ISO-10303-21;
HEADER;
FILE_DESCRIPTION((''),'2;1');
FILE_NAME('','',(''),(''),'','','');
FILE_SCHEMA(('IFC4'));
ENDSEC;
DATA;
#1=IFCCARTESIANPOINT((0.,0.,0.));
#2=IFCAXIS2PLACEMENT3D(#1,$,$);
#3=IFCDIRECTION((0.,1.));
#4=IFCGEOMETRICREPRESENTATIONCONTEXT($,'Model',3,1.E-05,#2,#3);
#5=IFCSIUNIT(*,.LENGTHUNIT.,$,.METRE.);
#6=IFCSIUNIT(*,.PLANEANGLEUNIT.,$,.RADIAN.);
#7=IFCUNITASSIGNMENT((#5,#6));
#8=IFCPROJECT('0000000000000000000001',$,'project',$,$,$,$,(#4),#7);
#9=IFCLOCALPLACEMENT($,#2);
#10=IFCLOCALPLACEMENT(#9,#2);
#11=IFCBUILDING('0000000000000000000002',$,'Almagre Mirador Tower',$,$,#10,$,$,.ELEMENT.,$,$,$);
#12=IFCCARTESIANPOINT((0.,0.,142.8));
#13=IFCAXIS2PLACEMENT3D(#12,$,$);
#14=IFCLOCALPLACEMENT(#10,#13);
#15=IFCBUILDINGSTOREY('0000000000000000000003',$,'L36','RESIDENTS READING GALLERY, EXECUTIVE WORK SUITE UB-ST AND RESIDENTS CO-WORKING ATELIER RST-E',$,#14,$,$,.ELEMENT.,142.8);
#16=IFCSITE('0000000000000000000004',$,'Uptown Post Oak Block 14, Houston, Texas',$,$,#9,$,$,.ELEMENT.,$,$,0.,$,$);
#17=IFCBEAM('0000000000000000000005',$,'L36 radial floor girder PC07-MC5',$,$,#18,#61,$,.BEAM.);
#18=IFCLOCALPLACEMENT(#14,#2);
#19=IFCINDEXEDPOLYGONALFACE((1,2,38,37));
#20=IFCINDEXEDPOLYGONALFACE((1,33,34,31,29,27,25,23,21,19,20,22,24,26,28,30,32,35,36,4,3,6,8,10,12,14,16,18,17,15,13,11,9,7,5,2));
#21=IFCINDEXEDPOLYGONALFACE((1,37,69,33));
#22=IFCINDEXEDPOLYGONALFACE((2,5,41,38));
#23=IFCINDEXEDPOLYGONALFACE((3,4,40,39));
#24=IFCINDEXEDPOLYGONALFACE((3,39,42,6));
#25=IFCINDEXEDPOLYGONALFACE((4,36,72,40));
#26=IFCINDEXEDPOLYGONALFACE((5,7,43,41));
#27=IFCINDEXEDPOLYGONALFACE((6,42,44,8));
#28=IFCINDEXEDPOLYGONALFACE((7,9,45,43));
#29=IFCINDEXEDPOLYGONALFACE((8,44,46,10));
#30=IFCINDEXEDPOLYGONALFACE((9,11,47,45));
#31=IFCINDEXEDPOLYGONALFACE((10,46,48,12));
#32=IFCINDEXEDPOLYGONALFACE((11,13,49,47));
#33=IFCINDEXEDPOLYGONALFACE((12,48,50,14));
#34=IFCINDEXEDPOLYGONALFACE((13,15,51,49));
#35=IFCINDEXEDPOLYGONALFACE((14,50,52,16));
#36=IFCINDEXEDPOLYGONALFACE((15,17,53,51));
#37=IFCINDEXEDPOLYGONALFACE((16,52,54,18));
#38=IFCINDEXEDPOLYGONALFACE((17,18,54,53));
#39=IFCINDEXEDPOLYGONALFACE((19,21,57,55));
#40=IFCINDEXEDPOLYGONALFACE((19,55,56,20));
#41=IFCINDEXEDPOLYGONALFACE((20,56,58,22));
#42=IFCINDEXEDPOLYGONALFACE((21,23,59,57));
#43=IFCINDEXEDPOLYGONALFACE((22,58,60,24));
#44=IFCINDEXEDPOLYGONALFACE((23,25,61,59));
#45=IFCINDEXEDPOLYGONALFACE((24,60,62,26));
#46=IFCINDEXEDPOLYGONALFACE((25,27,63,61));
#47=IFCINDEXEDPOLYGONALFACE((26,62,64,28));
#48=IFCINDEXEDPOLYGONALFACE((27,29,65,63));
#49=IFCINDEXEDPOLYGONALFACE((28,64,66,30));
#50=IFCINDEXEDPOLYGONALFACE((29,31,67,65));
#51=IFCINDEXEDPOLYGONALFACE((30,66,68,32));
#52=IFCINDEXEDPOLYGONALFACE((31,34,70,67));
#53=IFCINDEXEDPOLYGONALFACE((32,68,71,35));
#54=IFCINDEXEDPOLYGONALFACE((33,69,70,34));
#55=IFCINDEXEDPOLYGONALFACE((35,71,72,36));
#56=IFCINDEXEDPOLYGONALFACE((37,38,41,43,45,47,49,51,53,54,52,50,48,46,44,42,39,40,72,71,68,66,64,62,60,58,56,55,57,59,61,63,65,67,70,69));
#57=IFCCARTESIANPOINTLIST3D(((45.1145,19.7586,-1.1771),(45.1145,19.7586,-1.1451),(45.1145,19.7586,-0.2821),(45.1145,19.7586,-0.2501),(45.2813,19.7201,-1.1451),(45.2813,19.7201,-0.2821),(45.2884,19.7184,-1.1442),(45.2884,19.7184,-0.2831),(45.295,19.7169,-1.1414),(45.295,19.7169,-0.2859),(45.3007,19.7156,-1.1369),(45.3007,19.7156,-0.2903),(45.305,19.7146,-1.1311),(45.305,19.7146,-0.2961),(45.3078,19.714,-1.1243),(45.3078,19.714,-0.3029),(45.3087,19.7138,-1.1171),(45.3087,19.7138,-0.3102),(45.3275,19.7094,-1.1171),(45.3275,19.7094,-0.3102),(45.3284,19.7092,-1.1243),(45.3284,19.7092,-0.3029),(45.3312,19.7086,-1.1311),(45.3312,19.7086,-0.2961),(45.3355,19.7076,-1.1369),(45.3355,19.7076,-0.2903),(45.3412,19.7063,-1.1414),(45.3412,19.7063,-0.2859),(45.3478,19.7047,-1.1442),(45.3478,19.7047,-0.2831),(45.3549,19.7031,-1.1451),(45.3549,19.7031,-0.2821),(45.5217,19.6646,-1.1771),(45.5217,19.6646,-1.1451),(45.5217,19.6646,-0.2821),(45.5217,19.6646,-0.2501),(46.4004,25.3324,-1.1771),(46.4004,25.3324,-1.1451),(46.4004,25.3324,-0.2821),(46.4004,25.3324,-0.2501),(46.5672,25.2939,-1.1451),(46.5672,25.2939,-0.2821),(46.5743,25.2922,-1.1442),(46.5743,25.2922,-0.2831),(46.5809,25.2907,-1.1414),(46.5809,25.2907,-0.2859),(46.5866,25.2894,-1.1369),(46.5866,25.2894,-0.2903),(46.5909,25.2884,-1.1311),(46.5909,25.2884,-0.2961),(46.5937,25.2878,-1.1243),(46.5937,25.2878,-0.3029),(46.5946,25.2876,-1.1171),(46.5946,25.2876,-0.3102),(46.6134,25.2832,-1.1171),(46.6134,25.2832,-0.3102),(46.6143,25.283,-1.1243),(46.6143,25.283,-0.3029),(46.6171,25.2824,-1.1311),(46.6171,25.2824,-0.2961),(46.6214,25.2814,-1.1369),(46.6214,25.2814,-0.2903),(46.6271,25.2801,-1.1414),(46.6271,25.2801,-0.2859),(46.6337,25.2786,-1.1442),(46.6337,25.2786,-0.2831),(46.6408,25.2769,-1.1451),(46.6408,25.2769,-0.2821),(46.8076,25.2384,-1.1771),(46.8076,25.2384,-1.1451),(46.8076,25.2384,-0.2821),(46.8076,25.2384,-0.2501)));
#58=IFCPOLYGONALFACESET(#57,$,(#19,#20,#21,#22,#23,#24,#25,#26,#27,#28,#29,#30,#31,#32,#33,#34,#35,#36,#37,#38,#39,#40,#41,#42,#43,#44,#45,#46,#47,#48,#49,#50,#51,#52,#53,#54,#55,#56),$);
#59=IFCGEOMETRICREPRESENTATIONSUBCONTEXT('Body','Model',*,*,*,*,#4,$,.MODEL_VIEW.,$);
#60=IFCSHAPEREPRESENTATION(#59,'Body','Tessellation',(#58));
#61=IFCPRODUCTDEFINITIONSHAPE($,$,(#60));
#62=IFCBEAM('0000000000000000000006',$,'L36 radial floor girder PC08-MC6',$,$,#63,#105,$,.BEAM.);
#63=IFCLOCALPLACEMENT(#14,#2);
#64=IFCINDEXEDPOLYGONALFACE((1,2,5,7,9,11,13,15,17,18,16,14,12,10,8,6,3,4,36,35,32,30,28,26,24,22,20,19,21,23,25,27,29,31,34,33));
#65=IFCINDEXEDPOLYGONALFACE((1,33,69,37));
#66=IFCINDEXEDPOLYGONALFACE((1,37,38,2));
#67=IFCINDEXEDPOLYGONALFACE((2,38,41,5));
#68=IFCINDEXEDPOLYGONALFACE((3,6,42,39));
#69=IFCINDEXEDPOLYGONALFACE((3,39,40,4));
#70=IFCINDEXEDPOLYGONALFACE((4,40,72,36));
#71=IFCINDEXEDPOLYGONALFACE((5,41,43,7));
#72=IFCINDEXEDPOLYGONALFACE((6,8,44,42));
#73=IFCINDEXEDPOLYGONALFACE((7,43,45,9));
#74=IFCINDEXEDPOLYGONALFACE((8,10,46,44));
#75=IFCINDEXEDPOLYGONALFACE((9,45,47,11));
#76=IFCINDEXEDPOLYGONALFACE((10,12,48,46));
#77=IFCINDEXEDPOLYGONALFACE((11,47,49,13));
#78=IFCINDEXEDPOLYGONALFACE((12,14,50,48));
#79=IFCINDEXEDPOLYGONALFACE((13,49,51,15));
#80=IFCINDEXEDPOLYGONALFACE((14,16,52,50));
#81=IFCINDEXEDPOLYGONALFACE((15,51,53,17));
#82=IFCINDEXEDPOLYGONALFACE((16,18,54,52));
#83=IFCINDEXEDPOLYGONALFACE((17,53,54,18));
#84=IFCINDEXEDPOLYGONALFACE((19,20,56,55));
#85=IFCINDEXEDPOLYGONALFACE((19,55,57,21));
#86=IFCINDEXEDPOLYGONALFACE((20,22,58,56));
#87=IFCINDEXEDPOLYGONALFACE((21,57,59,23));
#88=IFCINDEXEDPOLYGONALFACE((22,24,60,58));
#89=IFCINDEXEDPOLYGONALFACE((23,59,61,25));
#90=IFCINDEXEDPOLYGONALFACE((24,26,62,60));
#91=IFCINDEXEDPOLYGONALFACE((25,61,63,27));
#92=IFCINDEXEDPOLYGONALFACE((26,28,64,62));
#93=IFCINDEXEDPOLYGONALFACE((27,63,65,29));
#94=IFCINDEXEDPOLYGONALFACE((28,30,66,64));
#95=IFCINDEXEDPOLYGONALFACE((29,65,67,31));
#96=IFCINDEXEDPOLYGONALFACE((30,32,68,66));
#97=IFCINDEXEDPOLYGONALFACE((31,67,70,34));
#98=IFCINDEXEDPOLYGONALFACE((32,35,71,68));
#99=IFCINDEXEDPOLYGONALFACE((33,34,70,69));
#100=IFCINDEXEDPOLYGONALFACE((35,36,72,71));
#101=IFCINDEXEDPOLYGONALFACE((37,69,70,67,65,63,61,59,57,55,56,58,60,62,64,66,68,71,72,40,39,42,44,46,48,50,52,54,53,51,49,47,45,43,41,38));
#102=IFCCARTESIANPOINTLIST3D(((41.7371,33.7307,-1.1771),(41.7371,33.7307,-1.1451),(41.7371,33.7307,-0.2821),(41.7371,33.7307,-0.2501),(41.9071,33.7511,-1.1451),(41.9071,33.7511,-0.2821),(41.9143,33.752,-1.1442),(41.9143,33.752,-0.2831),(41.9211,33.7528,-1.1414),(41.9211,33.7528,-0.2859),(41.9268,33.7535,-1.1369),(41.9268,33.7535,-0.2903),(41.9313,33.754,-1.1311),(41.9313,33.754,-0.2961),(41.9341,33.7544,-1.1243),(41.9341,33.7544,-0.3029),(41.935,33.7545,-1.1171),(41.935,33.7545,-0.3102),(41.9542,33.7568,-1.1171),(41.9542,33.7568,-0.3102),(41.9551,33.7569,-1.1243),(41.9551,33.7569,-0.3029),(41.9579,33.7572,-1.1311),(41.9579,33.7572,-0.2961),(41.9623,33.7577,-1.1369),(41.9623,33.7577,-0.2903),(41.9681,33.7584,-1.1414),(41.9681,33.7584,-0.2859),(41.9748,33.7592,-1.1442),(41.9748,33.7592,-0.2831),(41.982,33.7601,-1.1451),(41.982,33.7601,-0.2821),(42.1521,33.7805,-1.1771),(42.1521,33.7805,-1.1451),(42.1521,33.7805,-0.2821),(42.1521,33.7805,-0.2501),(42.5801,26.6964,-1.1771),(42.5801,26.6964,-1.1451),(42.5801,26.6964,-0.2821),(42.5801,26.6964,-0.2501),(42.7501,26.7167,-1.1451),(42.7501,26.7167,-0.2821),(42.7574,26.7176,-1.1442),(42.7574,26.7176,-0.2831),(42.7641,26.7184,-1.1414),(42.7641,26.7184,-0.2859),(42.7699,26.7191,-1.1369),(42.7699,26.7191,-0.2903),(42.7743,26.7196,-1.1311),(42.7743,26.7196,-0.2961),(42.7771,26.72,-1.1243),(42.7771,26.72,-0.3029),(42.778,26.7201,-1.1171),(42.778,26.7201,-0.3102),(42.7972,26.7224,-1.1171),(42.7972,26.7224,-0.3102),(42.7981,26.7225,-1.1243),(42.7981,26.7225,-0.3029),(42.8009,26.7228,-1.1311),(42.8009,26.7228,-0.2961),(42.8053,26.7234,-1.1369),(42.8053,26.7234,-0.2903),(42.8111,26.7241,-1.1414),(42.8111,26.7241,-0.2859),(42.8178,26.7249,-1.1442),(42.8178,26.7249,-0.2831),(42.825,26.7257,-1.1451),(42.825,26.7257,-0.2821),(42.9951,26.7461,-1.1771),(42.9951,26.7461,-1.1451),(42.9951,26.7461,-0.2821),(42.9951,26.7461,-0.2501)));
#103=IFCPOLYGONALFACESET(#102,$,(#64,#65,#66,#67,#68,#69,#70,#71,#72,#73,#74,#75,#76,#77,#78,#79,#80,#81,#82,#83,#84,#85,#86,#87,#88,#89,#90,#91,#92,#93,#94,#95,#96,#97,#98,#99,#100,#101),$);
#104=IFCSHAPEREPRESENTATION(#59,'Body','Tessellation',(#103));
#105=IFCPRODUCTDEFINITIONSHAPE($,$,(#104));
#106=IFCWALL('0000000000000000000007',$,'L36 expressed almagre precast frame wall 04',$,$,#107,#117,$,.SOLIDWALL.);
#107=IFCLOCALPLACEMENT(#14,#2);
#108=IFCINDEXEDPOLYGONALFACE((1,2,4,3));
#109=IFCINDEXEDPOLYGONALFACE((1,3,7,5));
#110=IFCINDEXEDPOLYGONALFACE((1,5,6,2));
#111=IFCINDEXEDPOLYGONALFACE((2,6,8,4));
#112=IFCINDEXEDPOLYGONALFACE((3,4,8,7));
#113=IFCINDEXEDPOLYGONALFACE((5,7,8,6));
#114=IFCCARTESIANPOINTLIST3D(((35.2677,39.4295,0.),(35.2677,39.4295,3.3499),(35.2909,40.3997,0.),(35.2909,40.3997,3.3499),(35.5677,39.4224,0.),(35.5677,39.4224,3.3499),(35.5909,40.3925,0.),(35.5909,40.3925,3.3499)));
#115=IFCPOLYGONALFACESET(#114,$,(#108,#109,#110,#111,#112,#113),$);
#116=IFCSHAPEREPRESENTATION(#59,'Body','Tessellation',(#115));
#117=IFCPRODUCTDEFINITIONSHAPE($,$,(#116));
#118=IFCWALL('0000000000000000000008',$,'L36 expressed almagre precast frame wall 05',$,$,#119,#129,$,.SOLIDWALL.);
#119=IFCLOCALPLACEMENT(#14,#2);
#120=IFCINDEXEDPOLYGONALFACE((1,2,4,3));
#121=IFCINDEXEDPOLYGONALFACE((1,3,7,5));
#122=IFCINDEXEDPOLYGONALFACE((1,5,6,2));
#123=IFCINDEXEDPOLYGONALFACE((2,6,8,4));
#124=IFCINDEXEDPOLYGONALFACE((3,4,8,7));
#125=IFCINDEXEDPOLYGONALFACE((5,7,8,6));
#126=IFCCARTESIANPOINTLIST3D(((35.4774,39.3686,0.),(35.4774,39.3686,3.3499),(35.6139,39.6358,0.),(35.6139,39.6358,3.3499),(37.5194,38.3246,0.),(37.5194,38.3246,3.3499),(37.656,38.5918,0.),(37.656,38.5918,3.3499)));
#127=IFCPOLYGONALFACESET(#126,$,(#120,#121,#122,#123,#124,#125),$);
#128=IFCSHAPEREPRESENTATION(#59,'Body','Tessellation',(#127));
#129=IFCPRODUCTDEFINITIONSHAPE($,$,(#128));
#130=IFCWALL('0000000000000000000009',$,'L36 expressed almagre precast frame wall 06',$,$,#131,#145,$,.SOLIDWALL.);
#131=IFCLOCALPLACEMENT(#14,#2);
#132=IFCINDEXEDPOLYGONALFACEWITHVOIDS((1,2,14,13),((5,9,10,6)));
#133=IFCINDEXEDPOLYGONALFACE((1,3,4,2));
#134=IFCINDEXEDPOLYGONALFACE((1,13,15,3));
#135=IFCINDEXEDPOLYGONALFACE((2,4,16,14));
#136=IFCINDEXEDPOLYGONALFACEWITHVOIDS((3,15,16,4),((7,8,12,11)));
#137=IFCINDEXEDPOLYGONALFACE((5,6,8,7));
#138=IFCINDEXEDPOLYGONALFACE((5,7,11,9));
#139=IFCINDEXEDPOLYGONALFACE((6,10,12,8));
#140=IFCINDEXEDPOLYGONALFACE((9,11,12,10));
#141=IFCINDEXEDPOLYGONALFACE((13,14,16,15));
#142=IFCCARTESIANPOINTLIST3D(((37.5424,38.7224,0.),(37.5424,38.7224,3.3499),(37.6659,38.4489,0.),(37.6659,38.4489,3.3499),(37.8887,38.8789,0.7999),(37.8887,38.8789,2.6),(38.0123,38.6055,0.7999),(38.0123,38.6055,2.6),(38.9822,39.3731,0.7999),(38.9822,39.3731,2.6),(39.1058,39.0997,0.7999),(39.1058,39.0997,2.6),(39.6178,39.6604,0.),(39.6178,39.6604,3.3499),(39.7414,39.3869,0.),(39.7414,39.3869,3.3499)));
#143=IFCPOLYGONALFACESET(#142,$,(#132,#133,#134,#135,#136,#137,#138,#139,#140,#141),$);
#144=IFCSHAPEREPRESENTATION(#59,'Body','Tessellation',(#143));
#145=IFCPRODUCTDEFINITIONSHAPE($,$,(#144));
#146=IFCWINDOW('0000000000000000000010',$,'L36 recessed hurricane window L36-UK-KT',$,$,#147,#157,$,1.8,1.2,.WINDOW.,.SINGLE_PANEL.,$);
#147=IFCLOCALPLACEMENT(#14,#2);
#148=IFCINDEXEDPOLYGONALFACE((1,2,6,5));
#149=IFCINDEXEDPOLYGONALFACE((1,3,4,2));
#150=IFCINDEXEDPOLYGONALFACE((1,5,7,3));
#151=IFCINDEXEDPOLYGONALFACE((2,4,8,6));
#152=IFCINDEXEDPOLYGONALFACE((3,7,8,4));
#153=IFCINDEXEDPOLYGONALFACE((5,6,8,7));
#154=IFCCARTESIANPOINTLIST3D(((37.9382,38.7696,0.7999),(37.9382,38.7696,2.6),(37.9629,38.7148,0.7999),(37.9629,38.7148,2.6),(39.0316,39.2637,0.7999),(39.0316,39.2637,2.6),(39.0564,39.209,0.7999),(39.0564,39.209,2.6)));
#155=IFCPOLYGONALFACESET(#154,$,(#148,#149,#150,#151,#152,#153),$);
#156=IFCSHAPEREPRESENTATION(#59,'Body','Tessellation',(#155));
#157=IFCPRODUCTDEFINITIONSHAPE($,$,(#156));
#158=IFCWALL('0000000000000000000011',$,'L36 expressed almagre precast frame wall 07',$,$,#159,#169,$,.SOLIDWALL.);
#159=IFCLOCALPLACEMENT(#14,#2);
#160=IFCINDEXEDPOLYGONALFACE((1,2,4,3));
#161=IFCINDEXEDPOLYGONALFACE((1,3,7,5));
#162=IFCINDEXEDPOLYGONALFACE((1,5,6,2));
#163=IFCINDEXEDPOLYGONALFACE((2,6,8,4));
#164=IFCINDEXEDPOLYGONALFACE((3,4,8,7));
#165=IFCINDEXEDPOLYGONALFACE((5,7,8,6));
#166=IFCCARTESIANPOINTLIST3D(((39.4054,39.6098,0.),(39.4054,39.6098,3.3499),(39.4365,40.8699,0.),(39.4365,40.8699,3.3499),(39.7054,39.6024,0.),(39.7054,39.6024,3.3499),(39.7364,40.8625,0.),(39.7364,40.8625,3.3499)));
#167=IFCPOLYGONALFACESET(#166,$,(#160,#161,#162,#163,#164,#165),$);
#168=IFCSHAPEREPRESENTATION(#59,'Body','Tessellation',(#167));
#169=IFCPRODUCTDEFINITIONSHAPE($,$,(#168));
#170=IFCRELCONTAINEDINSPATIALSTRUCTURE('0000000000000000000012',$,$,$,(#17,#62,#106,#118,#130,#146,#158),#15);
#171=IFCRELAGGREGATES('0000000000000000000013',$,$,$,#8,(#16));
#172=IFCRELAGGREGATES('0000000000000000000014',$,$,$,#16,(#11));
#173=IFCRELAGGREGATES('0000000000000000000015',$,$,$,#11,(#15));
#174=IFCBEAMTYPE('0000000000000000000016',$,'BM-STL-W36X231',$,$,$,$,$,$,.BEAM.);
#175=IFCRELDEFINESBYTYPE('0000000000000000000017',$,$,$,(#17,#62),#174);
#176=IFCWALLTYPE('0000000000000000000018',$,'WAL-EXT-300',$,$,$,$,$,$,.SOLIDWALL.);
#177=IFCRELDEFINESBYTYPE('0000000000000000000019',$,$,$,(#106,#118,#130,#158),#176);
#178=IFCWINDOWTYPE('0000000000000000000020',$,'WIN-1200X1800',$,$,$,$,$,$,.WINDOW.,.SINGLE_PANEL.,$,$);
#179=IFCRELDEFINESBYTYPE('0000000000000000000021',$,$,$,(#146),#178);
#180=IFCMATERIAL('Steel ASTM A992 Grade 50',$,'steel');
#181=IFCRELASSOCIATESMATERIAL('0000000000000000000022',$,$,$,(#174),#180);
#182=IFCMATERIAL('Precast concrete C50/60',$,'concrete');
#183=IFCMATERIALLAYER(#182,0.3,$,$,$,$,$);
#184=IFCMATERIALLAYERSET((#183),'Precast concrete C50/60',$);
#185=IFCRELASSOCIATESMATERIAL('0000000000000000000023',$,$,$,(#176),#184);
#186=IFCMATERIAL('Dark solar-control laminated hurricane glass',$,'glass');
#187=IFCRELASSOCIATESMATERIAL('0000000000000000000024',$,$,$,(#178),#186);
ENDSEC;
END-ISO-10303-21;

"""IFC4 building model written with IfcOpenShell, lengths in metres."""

from ifc_helpers import new_model, si_unit, direction, frame, frame_2d, origin, origin_2d, place, context, subcontext, project, spatial, rectangle, i_section, extrude, material, layer, layer_set, material_profile, profile_set, type_object, element, fill, save


model = new_model("IFC4")

# Units and contexts
model_context = context("Model", 3, precision=1e-05, world=origin(), true_north=direction((0.0, 1.0)))
body_context = subcontext(model_context, "Body", "Model", "MODEL_VIEW")
ifc_project = project(units=[si_unit("LENGTHUNIT", "METRE"), si_unit("PLANEANGLEUNIT", "RADIAN")], contexts=[model_context])

# Site, building, storey
site_placement = place(None, origin())
site = spatial("IfcSite", under=ifc_project, at=site_placement, Name="Uptown Post Oak Block 14, Houston, Texas", CompositionType="ELEMENT", RefElevation=0.0)
building_placement = place(site_placement, origin())
building = spatial("IfcBuilding", under=site, at=building_placement, Name="Almagre Mirador Tower", CompositionType="ELEMENT")
storey_placement = place(building_placement, frame((0.0, 0.0, 142.8)))
storey = spatial("IfcBuildingStorey", under=building, at=storey_placement, Name="L36", Description="RESIDENTS READING GALLERY, EXECUTIVE WORK SUITE UB-ST AND RESIDENTS CO-WORKING ATELIER RST-E", CompositionType="ELEMENT", Elevation=142.8)

# Beams
ifc_material_1 = material(Name="Steel ASTM A992 Grade 50", Category="steel")
ifc_material_profile_1 = material_profile(ifc_material_1, i_section(OverallWidth=0.418, OverallDepth=0.927, WebThickness=0.0193, FlangeThickness=0.032, FilletRadius=0.0281, at=origin_2d()), Name="W36X231")
ifc_profile_set_1 = profile_set([ifc_material_profile_1], Name="Steel ASTM A992 Grade 50")
beam_type_1 = type_object("IfcBeamType", Name="BM-STL-W36X231", PredefinedType="BEAM", material=ifc_profile_set_1)
beam_1_placement = place(storey_placement, frame((46.604, 25.2854, -0.7136), z_axis=(-0.2248, -0.974405, 0.0), x_axis=(0.974405, -0.2248, 0.0)))
element("IfcBeam", 1, at=beam_1_placement, inside=storey, type_object=beam_type_1, Name="L36 radial floor girder PC07-MC5", PredefinedType="BEAM", context=body_context, shape_type="SweptSolid", body=[
    extrude(i_section(OverallWidth=0.418, OverallDepth=0.927, WebThickness=0.0193, FlangeThickness=0.032, FilletRadius=0.0281, at=origin_2d()), origin(), (0.0, 0.0, 1.0), 5.7202),
])
beam_2_placement = place(storey_placement, frame((41.9446, 33.7556, -0.7136), z_axis=(0.11899, -0.992895, 0.0), x_axis=(0.992895, 0.11899, 0.0)))
element("IfcBeam", 2, at=beam_2_placement, inside=storey, type_object=beam_type_1, Name="L36 radial floor girder PC08-MC6", PredefinedType="BEAM", context=body_context, shape_type="SweptSolid", body=[
    extrude(i_section(OverallWidth=0.418, OverallDepth=0.927, WebThickness=0.0193, FlangeThickness=0.032, FilletRadius=0.0281, at=origin_2d()), origin(), (0.0, 0.0, 1.0), 7.0847),
])

# Walls
ifc_material_2 = material(Name="Precast concrete C50/60", Category="concrete")
ifc_layer_1 = layer(ifc_material_2, 0.3)
ifc_layer_set_1 = layer_set([ifc_layer_1], Name="Precast concrete C50/60")
wall_type_1 = type_object("IfcWallType", Name="WAL-EXT-300", PredefinedType="SOLIDWALL", material=ifc_layer_set_1)
wall_1_placement = place(storey_placement, frame((35.4409, 40.3962, 0.0), z_axis=(0.0, 0.0, 1.0), x_axis=(-0.023899, -0.999714, 0.0)))
element("IfcWall", 3, at=wall_1_placement, inside=storey, type_object=wall_type_1, Name="L36 expressed almagre precast frame wall 04", PredefinedType="SOLIDWALL", context=body_context, shape_type="SweptSolid", body=[
    extrude(rectangle(XDim=0.9705, YDim=0.3, at=frame_2d((0.4854, 0.0))), origin(), (0.0, 0.0, 1.0), 3.3499),
])
wall_2_placement = place(storey_placement, frame((35.5457, 39.5022, 0.0), z_axis=(0.0, 0.0, 1.0), x_axis=(0.890389, -0.455201, 0.0)))
element("IfcWall", 4, at=wall_2_placement, inside=storey, type_object=wall_type_1, Name="L36 expressed almagre precast frame wall 05", PredefinedType="SOLIDWALL", context=body_context, shape_type="SweptSolid", body=[
    extrude(rectangle(XDim=2.2935, YDim=0.3, at=frame_2d((1.1467, 0.0))), origin(), (0.0, 0.0, 1.0), 3.3499),
])

# Wall, opening, window
wall_3_placement = place(storey_placement, frame((37.6042, 38.5857, 0.0), z_axis=(0.0, 0.0, 1.0), x_axis=(0.911256, 0.411839, 0.0)))
wall_3 = element("IfcWall", 5, at=wall_3_placement, inside=storey, type_object=wall_type_1, Name="L36 expressed almagre precast frame wall 06", PredefinedType="SOLIDWALL", context=body_context, shape_type="SweptSolid", body=[
    extrude(rectangle(XDim=2.2776, YDim=0.3, at=frame_2d((1.1387, 0.0))), origin(), (0.0, 0.0, 1.0), 3.3499),
])
opening_1_placement = place(wall_3_placement, frame((0.3799, 0.0, 0.8)))
opening_1 = element("IfcOpeningElement", 6, at=opening_1_placement, cuts=wall_3, PredefinedType="OPENING", context=body_context, shape_type="SweptSolid", body=[
    extrude(rectangle(XDim=1.2, YDim=1.8, at=frame_2d((0.6001, 0.8999))), frame((0.0, 0.1599, 0.0), z_axis=(0.0, -1.0, 0.0), x_axis=(1.0, 0.0, 0.0)), (0.0, 0.0, 1.0), 0.32),
])
ifc_material_3 = material(Name="Dark solar-control laminated hurricane glass", Category="glass")
window_type_1 = type_object("IfcWindowType", Name="WIN-1200X1800", PartitioningType="SINGLE_PANEL", PredefinedType="WINDOW", material=ifc_material_3)
window_1_placement = place(opening_1_placement, origin())
window_1 = element("IfcWindow", 7, at=window_1_placement, inside=storey, type_object=window_type_1, Name="L36 recessed hurricane window L36-UK-KT", OverallHeight=1.8, OverallWidth=1.2, PartitioningType="SINGLE_PANEL", PredefinedType="WINDOW", context=body_context, shape_type="SweptSolid", body=[
    extrude(rectangle(XDim=1.2, YDim=1.8, at=frame_2d((0.6001, 0.8999))), frame((0.0, 0.03, 0.0), z_axis=(0.0, -1.0, 0.0), x_axis=(1.0, 0.0, 0.0)), (0.0, 0.0, 1.0), 0.0601),
])
fill(opening_1, window_1)

# Wall
wall_4_placement = place(storey_placement, frame((39.5554, 39.606, 0.0), z_axis=(0.0, 0.0, 1.0), x_axis=(0.0246, 0.999697, 0.0)))
element("IfcWall", 8, at=wall_4_placement, inside=storey, type_object=wall_type_1, Name="L36 expressed almagre precast frame wall 07", PredefinedType="SOLIDWALL", context=body_context, shape_type="SweptSolid", body=[
    extrude(rectangle(XDim=1.2605, YDim=0.3, at=frame_2d((0.6304, 0.0))), origin(), (0.0, 0.0, 1.0), 3.3499),
])

save(model, "model.ifc")
